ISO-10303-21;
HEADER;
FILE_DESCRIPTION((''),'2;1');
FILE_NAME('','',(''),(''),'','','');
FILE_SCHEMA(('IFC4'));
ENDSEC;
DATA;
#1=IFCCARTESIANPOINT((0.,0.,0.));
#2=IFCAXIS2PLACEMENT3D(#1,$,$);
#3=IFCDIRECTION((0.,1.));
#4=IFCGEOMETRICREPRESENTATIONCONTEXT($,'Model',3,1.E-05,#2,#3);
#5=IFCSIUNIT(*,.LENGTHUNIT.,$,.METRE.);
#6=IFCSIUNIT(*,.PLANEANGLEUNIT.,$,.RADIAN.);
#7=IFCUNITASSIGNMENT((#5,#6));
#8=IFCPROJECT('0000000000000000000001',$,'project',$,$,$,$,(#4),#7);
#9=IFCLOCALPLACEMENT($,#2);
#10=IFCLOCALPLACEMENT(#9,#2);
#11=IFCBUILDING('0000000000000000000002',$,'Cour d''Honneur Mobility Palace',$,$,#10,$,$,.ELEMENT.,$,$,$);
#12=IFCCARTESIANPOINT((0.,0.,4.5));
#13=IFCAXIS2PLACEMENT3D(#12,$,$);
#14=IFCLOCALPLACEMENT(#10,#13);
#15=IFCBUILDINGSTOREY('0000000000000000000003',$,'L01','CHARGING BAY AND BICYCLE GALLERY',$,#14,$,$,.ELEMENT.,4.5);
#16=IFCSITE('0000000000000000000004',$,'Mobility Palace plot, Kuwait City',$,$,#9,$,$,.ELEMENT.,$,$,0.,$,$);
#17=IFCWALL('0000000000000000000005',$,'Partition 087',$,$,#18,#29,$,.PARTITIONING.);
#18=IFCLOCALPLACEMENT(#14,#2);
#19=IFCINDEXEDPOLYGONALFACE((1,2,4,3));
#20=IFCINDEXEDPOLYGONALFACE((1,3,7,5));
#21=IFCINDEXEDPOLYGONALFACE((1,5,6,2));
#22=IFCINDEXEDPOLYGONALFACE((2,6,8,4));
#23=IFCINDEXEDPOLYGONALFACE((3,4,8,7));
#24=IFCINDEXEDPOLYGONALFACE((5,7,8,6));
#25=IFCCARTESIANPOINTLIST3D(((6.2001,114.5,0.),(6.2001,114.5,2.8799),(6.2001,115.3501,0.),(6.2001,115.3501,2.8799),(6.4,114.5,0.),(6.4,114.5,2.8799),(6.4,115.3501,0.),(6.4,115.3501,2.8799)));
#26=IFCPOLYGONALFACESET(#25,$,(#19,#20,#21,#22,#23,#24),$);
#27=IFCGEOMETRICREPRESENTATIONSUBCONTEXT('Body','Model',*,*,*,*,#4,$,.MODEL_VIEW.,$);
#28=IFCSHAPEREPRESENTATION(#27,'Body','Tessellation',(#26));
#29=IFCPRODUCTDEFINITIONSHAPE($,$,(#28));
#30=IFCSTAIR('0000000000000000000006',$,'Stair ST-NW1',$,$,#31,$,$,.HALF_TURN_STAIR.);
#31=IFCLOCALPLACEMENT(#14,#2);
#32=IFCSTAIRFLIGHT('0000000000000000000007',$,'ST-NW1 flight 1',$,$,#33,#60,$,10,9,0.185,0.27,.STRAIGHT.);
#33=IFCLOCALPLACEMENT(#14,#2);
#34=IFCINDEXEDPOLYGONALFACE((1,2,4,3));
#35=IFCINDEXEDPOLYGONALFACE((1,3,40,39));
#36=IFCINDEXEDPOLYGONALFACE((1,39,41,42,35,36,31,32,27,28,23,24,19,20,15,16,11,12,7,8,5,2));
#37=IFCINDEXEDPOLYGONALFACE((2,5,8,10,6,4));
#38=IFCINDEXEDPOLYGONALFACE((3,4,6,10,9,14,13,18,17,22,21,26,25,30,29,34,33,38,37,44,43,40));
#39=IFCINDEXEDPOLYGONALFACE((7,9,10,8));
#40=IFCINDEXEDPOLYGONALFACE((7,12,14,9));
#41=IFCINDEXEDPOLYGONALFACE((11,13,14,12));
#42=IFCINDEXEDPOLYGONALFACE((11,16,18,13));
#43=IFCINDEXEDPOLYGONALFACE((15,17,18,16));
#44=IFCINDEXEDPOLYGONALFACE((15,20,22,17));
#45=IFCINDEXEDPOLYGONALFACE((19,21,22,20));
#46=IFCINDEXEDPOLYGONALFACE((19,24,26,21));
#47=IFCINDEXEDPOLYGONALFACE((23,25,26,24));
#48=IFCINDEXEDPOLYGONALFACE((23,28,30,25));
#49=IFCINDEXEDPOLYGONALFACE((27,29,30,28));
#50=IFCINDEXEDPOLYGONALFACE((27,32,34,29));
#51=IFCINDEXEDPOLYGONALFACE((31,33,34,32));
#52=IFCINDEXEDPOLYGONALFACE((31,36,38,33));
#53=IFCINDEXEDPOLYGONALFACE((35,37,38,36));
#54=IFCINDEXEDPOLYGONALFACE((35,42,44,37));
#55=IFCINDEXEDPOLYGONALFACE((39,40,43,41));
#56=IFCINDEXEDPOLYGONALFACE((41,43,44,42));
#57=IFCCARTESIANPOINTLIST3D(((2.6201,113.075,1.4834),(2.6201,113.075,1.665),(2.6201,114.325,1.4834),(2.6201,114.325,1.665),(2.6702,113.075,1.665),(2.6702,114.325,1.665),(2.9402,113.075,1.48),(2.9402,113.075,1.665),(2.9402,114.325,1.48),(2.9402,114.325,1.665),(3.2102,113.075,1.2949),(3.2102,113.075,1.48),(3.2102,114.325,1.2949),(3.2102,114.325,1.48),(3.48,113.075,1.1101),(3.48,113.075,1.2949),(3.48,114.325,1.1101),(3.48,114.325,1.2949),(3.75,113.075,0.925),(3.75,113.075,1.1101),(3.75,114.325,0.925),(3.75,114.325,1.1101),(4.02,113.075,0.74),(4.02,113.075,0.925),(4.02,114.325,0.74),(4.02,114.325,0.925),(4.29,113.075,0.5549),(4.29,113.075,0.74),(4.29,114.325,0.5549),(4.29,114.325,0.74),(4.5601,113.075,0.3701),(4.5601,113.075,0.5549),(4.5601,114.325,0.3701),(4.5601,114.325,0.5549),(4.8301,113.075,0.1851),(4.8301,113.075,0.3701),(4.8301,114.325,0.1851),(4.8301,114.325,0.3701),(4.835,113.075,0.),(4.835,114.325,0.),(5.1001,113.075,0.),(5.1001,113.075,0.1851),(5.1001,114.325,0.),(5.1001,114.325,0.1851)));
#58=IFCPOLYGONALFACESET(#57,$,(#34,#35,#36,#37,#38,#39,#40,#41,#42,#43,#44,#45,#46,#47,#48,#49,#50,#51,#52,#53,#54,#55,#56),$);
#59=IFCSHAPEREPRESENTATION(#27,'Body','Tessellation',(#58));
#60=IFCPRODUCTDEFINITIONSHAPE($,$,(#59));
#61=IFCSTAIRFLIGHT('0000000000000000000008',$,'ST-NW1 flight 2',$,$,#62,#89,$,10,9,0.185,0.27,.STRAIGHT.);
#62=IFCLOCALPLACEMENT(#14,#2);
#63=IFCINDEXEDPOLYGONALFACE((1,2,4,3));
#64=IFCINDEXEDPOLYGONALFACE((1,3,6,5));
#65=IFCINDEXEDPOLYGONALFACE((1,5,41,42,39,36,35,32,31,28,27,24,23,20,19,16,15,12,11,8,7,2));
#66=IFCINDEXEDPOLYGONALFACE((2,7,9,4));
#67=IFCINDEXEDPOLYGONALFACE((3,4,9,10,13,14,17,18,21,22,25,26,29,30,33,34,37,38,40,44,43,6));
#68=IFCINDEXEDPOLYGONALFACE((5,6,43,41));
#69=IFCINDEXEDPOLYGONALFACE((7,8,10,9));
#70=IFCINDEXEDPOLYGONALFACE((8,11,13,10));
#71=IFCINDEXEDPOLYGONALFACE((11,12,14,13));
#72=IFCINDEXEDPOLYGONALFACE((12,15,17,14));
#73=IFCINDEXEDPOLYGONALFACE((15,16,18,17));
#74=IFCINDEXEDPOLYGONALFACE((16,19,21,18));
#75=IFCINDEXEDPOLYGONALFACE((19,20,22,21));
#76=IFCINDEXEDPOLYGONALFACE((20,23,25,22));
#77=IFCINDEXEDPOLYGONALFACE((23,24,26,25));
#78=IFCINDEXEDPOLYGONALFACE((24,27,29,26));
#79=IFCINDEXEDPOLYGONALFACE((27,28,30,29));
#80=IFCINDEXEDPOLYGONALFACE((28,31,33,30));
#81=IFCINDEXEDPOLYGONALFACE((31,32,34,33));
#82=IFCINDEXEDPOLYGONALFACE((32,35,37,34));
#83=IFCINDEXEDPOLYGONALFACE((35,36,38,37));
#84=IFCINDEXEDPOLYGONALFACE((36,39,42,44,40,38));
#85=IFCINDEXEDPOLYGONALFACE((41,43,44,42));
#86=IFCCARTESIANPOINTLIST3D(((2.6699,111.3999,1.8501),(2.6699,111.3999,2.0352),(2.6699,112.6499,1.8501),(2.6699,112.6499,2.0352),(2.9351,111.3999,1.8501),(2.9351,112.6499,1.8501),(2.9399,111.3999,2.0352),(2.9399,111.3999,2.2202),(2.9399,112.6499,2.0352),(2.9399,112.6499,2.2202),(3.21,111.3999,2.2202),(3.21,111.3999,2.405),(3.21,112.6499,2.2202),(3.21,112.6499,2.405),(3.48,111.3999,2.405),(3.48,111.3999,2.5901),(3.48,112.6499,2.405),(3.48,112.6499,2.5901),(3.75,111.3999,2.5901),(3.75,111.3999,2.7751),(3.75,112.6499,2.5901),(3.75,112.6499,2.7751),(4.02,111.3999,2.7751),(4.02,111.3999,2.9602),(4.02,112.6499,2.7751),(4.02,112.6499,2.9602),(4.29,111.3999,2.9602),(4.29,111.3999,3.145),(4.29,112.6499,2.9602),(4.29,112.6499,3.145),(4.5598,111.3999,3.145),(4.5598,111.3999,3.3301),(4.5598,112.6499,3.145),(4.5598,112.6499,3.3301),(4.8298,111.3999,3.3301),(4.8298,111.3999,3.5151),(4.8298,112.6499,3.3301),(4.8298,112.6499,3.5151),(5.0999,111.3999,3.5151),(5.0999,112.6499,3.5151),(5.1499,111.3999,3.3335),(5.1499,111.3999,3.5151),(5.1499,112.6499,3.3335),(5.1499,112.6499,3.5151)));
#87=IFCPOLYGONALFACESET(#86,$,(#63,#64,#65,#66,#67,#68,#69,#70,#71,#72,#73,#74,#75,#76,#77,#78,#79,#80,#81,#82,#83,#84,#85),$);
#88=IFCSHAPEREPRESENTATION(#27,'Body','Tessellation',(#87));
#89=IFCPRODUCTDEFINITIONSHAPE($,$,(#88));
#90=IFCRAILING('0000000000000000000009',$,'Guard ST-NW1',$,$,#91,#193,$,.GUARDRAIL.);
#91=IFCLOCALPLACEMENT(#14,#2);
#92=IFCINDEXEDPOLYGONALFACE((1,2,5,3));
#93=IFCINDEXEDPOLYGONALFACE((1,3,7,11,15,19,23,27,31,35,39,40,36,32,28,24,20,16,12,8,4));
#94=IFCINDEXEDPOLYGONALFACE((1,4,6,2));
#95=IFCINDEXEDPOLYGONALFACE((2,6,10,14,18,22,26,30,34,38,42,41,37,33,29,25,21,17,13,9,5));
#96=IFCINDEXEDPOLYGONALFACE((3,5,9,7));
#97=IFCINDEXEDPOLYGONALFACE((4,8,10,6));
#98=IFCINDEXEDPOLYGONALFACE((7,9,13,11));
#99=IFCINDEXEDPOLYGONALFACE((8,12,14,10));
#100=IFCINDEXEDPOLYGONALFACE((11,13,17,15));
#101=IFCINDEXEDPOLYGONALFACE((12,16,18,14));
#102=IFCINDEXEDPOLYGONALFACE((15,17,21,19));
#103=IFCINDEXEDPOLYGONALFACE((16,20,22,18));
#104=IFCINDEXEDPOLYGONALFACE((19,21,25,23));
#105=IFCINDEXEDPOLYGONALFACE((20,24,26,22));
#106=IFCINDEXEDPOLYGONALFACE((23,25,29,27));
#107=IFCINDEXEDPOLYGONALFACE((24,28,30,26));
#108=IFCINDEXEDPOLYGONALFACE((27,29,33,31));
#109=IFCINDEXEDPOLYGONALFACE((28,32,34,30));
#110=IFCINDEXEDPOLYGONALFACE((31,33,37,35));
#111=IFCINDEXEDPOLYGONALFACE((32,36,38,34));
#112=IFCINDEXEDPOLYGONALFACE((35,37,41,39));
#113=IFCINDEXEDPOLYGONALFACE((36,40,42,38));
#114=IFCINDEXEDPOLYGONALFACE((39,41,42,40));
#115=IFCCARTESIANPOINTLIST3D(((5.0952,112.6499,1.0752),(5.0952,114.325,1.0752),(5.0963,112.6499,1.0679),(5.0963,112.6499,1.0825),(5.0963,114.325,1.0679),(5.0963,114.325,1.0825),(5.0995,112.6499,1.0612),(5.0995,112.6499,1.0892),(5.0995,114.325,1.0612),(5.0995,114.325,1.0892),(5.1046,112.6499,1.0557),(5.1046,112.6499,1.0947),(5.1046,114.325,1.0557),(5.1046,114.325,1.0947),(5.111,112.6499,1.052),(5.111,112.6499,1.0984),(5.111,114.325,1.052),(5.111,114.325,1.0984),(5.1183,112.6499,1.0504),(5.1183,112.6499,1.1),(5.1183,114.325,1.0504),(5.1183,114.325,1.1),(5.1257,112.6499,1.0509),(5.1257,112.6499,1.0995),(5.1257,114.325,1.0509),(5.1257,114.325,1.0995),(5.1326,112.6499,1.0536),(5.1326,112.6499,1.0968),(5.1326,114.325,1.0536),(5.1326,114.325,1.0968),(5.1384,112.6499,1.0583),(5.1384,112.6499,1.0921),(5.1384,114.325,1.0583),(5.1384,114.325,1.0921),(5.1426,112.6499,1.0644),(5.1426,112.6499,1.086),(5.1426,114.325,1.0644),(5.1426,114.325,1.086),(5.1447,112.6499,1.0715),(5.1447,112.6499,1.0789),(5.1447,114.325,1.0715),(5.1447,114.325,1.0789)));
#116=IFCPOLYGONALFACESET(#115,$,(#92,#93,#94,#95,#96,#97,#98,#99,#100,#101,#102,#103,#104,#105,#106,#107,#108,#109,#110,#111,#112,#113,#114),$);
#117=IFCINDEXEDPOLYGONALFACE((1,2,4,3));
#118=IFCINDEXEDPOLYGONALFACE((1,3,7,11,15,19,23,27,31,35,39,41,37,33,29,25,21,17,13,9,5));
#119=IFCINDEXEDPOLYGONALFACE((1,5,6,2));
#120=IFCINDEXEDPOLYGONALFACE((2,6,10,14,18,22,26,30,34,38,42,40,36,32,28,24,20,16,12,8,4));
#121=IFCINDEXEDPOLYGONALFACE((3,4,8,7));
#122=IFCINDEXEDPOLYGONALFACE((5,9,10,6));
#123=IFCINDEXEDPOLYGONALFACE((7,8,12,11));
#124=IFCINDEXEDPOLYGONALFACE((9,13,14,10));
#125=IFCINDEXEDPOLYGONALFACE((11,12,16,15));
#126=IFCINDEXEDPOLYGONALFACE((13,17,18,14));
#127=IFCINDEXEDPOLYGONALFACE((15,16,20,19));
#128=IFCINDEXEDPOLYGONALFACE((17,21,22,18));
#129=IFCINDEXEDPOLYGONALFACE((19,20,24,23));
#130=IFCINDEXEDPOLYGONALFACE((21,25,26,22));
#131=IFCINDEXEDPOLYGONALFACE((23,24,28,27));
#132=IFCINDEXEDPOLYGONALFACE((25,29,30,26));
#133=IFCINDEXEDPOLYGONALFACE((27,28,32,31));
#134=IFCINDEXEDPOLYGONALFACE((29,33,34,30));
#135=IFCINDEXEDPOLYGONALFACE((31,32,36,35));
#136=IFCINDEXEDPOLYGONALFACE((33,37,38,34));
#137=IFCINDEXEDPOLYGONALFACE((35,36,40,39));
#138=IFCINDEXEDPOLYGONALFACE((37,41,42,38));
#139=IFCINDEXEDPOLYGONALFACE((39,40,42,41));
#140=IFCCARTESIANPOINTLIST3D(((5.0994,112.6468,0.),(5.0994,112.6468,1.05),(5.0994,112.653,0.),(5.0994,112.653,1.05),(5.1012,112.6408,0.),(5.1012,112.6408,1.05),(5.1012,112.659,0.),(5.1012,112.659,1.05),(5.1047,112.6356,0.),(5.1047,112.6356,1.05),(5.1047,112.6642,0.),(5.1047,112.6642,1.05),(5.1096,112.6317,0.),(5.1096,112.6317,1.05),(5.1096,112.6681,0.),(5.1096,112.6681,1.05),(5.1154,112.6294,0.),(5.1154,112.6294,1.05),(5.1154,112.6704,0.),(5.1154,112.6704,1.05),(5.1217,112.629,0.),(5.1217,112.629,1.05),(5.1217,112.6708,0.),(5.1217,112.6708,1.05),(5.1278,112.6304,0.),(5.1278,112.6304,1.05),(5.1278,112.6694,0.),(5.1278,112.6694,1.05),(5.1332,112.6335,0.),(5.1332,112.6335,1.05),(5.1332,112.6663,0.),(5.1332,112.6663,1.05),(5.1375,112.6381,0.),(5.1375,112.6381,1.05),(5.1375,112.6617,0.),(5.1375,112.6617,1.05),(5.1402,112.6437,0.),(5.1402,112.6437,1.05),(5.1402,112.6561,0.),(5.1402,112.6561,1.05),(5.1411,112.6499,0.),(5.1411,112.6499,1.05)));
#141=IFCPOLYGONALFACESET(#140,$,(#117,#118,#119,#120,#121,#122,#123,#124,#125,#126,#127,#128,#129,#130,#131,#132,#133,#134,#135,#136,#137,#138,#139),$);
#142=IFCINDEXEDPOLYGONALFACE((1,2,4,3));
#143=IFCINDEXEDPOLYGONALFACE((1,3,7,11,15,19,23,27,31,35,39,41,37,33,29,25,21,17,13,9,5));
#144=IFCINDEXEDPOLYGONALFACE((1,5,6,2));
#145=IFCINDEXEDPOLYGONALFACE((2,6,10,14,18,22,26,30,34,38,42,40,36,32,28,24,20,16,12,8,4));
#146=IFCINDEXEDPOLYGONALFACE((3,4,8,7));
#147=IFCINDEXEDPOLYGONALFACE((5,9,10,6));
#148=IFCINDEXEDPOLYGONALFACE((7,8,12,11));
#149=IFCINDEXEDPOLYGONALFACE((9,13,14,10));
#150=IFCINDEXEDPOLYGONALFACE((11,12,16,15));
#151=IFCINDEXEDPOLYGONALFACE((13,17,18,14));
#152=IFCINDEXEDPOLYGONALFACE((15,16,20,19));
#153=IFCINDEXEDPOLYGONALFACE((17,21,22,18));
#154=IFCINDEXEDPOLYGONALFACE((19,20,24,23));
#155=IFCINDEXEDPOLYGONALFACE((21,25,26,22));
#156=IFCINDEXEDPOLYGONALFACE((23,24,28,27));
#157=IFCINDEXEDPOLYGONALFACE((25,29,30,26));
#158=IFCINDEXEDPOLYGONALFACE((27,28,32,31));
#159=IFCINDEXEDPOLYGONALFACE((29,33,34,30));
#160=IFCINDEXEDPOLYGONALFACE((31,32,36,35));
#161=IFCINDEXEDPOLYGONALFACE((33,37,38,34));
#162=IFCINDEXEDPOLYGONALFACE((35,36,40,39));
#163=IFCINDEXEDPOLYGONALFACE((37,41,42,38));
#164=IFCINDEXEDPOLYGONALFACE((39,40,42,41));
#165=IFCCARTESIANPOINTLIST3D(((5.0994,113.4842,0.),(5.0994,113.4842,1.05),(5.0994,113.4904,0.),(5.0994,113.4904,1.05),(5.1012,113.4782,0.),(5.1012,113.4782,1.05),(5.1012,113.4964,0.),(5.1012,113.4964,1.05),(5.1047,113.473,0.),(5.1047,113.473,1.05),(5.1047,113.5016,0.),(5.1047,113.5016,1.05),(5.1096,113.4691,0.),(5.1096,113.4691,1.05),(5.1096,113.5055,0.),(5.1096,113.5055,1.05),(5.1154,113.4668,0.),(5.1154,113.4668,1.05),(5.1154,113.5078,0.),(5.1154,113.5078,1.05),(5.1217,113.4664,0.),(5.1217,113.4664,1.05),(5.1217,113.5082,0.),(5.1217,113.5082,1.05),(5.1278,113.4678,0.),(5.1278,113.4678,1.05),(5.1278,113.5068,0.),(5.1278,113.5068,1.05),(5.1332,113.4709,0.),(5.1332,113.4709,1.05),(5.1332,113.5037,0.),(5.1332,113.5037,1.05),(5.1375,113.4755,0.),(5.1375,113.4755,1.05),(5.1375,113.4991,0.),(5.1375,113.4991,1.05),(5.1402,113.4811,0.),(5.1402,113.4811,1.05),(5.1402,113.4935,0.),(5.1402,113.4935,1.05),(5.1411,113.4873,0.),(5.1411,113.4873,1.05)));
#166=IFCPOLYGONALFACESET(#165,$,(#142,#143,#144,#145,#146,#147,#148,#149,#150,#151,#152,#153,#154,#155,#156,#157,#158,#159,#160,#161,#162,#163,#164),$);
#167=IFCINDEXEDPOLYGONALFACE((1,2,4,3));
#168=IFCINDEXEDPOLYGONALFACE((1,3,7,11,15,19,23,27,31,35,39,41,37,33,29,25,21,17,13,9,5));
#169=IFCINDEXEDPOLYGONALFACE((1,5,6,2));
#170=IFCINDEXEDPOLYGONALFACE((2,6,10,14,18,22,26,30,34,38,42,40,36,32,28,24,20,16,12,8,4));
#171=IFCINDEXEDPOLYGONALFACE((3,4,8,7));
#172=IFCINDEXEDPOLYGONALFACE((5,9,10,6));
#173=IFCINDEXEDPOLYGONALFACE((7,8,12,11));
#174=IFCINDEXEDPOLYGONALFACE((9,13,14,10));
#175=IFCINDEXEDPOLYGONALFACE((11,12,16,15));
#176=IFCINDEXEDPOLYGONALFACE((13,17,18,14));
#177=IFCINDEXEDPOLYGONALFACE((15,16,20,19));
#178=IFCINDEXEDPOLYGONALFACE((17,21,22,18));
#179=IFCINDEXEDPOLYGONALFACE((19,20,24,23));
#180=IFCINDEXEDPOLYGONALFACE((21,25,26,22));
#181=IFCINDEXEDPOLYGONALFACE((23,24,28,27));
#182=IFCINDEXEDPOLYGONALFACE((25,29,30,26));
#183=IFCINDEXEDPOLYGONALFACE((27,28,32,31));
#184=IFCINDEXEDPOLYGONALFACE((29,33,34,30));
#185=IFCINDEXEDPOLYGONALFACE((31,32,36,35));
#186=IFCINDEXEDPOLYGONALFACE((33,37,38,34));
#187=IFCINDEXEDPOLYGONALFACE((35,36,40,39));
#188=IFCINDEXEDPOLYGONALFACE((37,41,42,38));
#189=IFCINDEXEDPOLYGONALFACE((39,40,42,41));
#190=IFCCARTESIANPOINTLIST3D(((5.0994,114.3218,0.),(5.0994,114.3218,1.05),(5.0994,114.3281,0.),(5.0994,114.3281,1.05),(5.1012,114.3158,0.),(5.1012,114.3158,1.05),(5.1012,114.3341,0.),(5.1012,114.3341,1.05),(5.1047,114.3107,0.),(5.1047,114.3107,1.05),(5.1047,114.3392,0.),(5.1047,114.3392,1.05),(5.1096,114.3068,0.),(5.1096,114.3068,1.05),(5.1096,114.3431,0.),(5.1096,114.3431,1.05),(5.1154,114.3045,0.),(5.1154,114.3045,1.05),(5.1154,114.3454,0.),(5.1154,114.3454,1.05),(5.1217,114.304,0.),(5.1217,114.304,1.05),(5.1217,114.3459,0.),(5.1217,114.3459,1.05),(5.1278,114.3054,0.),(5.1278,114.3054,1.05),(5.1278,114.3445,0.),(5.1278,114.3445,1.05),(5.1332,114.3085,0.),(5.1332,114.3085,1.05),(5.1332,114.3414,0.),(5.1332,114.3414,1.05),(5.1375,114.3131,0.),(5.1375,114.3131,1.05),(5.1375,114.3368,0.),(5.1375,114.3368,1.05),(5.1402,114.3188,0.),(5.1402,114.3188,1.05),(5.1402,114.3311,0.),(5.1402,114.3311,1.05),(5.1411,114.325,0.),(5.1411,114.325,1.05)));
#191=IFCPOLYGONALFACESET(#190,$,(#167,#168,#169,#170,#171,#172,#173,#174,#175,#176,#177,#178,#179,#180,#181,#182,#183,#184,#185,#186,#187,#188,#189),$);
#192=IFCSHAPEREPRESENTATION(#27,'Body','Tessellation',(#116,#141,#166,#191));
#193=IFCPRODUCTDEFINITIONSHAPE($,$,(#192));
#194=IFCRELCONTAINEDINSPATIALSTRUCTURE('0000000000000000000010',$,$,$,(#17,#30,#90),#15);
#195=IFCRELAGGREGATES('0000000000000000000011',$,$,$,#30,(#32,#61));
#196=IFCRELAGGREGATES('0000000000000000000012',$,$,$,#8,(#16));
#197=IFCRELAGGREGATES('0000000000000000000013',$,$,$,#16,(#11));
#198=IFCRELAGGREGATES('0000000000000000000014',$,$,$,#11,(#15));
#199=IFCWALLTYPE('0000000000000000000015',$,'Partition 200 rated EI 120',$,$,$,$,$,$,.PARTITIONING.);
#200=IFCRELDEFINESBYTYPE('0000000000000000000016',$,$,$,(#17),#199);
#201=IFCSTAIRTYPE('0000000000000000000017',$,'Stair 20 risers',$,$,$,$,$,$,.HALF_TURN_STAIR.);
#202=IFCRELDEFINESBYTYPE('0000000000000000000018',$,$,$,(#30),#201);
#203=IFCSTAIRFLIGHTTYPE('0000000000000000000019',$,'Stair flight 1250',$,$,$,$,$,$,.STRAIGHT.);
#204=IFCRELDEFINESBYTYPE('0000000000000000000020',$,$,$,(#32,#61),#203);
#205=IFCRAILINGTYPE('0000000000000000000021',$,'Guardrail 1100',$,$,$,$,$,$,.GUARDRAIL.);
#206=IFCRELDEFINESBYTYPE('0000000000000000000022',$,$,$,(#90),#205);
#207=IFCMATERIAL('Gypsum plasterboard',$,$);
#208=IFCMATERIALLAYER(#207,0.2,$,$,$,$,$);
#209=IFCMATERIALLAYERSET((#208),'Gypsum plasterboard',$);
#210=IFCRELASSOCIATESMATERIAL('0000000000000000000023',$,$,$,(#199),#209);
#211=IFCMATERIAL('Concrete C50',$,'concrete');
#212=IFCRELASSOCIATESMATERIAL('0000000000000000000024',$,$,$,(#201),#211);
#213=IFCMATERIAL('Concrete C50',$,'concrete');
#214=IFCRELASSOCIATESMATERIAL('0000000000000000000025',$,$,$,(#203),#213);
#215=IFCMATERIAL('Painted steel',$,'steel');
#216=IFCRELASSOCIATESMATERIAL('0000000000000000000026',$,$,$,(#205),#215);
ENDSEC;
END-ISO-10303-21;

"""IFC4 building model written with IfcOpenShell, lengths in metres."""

from ifc_helpers import new_model, si_unit, direction, frame, frame_2d, origin, origin_2d, place, context, subcontext, project, spatial, polyline, rectangle, circle, outline, extrude, material, layer, layer_set, type_object, element, aggregate, save


model = new_model("IFC4")

# Units and contexts
model_context = context("Model", 3, precision=1e-05, world=origin(), true_north=direction((0.0, 1.0)))
body_context = subcontext(model_context, "Body", "Model", "MODEL_VIEW")
ifc_project = project(units=[si_unit("LENGTHUNIT", "METRE"), si_unit("PLANEANGLEUNIT", "RADIAN")], contexts=[model_context])

# Site, building, storey
site_placement = place(None, origin())
site = spatial("IfcSite", under=ifc_project, at=site_placement, Name="Mobility Palace plot, Kuwait City", CompositionType="ELEMENT", RefElevation=0.0)
building_placement = place(site_placement, origin())
building = spatial("IfcBuilding", under=site, at=building_placement, Name="Cour d'Honneur Mobility Palace", CompositionType="ELEMENT")
storey_placement = place(building_placement, frame((0.0, 0.0, 4.5)))
storey = spatial("IfcBuildingStorey", under=building, at=storey_placement, Name="L01", Description="CHARGING BAY AND BICYCLE GALLERY", CompositionType="ELEMENT", Elevation=4.5)

# Wall
ifc_material_1 = material(Name="Gypsum plasterboard")
ifc_layer_1 = layer(ifc_material_1, 0.2)
ifc_layer_set_1 = layer_set([ifc_layer_1], Name="Gypsum plasterboard")
wall_type = type_object("IfcWallType", Name="Partition 200 rated EI 120", PredefinedType="PARTITIONING", material=ifc_layer_set_1)
wall_placement = place(storey_placement, frame((6.3, 115.3501, 0.0), z_axis=(0.0, 0.0, 1.0), x_axis=(0.0, -1.0, 0.0)))
element("IfcWall", 1, at=wall_placement, inside=storey, type_object=wall_type, Name="Partition 087", PredefinedType="PARTITIONING", context=body_context, shape_type="SweptSolid", body=[
    extrude(rectangle(XDim=0.8501, YDim=0.2, at=frame_2d((0.425, 0.0))), origin(), (0.0, 0.0, 1.0), 2.8799),
])

# Stair, stair flights
ifc_material_2 = material(Name="Concrete C50", Category="concrete")
stair_type = type_object("IfcStairType", Name="Stair 20 risers", PredefinedType="HALF_TURN_STAIR", material=ifc_material_2)
stair_placement = place(storey_placement, origin())
stair = element("IfcStair", 2, at=stair_placement, inside=storey, type_object=stair_type, Name="Stair ST-NW1", PredefinedType="HALF_TURN_STAIR")
ifc_material_3 = material(Name="Concrete C50", Category="concrete")
stair_flight_type = type_object("IfcStairFlightType", Name="Stair flight 1250", PredefinedType="STRAIGHT", material=ifc_material_3)
stair_flight_1_placement = place(storey_placement, frame((5.1001, 113.7, 0.0), z_axis=(0.0, 0.0, 1.0), x_axis=(-1.0, 0.0, 0.0)))
stair_flight_1 = element("IfcStairFlight", 3, at=stair_flight_1_placement, type_object=stair_flight_type, Name="ST-NW1 flight 1", NumberOfRisers=10, NumberOfTreads=9, PredefinedType="STRAIGHT", RiserHeight=0.185, TreadLength=0.27, context=body_context, shape_type="SweptSolid", body=[
    extrude(outline(polyline([(0.0, 0.0), (0.0, 0.1851), (0.27, 0.1851), (0.27, 0.3701), (0.54, 0.3701), (0.54, 0.5549), (0.8101, 0.5549), (0.8101, 0.74), (1.0801, 0.74), (1.0801, 0.925), (1.3501, 0.925), (1.3501, 1.1101), (1.6201, 1.1101), (1.6201, 1.2949), (1.8899, 1.2949), (1.8899, 1.48), (2.1599, 1.48), (2.1599, 1.665), (2.4299, 1.665), (2.48, 1.665), (2.48, 1.4834), (0.2651, 0.0), (0.0, 0.0)])), frame((0.0, 0.625, 0.0), z_axis=(0.0, -1.0, 0.0), x_axis=(1.0, 0.0, 0.0)), (0.0, 0.0, 1.0), 1.25),
])
stair_flight_2_placement = place(storey_placement, frame((2.6699, 112.0249, 1.8501), z_axis=(0.0, 0.0, 1.0), x_axis=(1.0, 0.0, 0.0)))
stair_flight_2 = element("IfcStairFlight", 4, at=stair_flight_2_placement, type_object=stair_flight_type, Name="ST-NW1 flight 2", NumberOfRisers=10, NumberOfTreads=9, PredefinedType="STRAIGHT", RiserHeight=0.185, TreadLength=0.27, context=body_context, shape_type="SweptSolid", body=[
    extrude(outline(polyline([(0.0, 0.0), (0.0, 0.1851), (0.27, 0.1851), (0.27, 0.3701), (0.54, 0.3701), (0.54, 0.5549), (0.8101, 0.5549), (0.8101, 0.74), (1.0801, 0.74), (1.0801, 0.925), (1.3501, 0.925), (1.3501, 1.1101), (1.6201, 1.1101), (1.6201, 1.2949), (1.8899, 1.2949), (1.8899, 1.48), (2.1599, 1.48), (2.1599, 1.665), (2.4299, 1.665), (2.48, 1.665), (2.48, 1.4834), (0.2651, 0.0), (0.0, 0.0)])), frame((0.0, 0.625, 0.0), z_axis=(0.0, -1.0, 0.0), x_axis=(1.0, 0.0, 0.0)), (0.0, 0.0, 1.0), 1.25),
])
aggregate(stair, [stair_flight_1, stair_flight_2])

# Railing
ifc_material_4 = material(Name="Painted steel", Category="steel")
railing_type_1 = type_object("IfcRailingType", Name="Guardrail 1100", PredefinedType="GUARDRAIL", material=ifc_material_4)
railing_1_placement = place(storey_placement, frame((5.1201, 112.6499, 0.0)))
element("IfcRailing", 5, at=railing_1_placement, inside=storey, type_object=railing_type_1, Name="Guard ST-NW1", PredefinedType="GUARDRAIL", context=body_context, shape_type="SweptSolid", body=[
    extrude(circle(Radius=0.0249, at=origin_2d()), frame((0.0, 0.0, 1.0752), z_axis=(0.0, 1.0, 0.0), x_axis=(-1.0, 0.0, 0.0)), (0.0, 0.0, 1.0), 1.675),
    extrude(circle(Radius=0.021, at=origin_2d()), origin(), (0.0, 0.0, 1.0), 1.05),
    extrude(circle(Radius=0.021, at=origin_2d()), frame((0.0, 0.8374, 0.0)), (0.0, 0.0, 1.0), 1.05),
    extrude(circle(Radius=0.021, at=origin_2d()), frame((0.0, 1.675, 0.0)), (0.0, 0.0, 1.0), 1.05),
])

save(model, "model.ifc")
